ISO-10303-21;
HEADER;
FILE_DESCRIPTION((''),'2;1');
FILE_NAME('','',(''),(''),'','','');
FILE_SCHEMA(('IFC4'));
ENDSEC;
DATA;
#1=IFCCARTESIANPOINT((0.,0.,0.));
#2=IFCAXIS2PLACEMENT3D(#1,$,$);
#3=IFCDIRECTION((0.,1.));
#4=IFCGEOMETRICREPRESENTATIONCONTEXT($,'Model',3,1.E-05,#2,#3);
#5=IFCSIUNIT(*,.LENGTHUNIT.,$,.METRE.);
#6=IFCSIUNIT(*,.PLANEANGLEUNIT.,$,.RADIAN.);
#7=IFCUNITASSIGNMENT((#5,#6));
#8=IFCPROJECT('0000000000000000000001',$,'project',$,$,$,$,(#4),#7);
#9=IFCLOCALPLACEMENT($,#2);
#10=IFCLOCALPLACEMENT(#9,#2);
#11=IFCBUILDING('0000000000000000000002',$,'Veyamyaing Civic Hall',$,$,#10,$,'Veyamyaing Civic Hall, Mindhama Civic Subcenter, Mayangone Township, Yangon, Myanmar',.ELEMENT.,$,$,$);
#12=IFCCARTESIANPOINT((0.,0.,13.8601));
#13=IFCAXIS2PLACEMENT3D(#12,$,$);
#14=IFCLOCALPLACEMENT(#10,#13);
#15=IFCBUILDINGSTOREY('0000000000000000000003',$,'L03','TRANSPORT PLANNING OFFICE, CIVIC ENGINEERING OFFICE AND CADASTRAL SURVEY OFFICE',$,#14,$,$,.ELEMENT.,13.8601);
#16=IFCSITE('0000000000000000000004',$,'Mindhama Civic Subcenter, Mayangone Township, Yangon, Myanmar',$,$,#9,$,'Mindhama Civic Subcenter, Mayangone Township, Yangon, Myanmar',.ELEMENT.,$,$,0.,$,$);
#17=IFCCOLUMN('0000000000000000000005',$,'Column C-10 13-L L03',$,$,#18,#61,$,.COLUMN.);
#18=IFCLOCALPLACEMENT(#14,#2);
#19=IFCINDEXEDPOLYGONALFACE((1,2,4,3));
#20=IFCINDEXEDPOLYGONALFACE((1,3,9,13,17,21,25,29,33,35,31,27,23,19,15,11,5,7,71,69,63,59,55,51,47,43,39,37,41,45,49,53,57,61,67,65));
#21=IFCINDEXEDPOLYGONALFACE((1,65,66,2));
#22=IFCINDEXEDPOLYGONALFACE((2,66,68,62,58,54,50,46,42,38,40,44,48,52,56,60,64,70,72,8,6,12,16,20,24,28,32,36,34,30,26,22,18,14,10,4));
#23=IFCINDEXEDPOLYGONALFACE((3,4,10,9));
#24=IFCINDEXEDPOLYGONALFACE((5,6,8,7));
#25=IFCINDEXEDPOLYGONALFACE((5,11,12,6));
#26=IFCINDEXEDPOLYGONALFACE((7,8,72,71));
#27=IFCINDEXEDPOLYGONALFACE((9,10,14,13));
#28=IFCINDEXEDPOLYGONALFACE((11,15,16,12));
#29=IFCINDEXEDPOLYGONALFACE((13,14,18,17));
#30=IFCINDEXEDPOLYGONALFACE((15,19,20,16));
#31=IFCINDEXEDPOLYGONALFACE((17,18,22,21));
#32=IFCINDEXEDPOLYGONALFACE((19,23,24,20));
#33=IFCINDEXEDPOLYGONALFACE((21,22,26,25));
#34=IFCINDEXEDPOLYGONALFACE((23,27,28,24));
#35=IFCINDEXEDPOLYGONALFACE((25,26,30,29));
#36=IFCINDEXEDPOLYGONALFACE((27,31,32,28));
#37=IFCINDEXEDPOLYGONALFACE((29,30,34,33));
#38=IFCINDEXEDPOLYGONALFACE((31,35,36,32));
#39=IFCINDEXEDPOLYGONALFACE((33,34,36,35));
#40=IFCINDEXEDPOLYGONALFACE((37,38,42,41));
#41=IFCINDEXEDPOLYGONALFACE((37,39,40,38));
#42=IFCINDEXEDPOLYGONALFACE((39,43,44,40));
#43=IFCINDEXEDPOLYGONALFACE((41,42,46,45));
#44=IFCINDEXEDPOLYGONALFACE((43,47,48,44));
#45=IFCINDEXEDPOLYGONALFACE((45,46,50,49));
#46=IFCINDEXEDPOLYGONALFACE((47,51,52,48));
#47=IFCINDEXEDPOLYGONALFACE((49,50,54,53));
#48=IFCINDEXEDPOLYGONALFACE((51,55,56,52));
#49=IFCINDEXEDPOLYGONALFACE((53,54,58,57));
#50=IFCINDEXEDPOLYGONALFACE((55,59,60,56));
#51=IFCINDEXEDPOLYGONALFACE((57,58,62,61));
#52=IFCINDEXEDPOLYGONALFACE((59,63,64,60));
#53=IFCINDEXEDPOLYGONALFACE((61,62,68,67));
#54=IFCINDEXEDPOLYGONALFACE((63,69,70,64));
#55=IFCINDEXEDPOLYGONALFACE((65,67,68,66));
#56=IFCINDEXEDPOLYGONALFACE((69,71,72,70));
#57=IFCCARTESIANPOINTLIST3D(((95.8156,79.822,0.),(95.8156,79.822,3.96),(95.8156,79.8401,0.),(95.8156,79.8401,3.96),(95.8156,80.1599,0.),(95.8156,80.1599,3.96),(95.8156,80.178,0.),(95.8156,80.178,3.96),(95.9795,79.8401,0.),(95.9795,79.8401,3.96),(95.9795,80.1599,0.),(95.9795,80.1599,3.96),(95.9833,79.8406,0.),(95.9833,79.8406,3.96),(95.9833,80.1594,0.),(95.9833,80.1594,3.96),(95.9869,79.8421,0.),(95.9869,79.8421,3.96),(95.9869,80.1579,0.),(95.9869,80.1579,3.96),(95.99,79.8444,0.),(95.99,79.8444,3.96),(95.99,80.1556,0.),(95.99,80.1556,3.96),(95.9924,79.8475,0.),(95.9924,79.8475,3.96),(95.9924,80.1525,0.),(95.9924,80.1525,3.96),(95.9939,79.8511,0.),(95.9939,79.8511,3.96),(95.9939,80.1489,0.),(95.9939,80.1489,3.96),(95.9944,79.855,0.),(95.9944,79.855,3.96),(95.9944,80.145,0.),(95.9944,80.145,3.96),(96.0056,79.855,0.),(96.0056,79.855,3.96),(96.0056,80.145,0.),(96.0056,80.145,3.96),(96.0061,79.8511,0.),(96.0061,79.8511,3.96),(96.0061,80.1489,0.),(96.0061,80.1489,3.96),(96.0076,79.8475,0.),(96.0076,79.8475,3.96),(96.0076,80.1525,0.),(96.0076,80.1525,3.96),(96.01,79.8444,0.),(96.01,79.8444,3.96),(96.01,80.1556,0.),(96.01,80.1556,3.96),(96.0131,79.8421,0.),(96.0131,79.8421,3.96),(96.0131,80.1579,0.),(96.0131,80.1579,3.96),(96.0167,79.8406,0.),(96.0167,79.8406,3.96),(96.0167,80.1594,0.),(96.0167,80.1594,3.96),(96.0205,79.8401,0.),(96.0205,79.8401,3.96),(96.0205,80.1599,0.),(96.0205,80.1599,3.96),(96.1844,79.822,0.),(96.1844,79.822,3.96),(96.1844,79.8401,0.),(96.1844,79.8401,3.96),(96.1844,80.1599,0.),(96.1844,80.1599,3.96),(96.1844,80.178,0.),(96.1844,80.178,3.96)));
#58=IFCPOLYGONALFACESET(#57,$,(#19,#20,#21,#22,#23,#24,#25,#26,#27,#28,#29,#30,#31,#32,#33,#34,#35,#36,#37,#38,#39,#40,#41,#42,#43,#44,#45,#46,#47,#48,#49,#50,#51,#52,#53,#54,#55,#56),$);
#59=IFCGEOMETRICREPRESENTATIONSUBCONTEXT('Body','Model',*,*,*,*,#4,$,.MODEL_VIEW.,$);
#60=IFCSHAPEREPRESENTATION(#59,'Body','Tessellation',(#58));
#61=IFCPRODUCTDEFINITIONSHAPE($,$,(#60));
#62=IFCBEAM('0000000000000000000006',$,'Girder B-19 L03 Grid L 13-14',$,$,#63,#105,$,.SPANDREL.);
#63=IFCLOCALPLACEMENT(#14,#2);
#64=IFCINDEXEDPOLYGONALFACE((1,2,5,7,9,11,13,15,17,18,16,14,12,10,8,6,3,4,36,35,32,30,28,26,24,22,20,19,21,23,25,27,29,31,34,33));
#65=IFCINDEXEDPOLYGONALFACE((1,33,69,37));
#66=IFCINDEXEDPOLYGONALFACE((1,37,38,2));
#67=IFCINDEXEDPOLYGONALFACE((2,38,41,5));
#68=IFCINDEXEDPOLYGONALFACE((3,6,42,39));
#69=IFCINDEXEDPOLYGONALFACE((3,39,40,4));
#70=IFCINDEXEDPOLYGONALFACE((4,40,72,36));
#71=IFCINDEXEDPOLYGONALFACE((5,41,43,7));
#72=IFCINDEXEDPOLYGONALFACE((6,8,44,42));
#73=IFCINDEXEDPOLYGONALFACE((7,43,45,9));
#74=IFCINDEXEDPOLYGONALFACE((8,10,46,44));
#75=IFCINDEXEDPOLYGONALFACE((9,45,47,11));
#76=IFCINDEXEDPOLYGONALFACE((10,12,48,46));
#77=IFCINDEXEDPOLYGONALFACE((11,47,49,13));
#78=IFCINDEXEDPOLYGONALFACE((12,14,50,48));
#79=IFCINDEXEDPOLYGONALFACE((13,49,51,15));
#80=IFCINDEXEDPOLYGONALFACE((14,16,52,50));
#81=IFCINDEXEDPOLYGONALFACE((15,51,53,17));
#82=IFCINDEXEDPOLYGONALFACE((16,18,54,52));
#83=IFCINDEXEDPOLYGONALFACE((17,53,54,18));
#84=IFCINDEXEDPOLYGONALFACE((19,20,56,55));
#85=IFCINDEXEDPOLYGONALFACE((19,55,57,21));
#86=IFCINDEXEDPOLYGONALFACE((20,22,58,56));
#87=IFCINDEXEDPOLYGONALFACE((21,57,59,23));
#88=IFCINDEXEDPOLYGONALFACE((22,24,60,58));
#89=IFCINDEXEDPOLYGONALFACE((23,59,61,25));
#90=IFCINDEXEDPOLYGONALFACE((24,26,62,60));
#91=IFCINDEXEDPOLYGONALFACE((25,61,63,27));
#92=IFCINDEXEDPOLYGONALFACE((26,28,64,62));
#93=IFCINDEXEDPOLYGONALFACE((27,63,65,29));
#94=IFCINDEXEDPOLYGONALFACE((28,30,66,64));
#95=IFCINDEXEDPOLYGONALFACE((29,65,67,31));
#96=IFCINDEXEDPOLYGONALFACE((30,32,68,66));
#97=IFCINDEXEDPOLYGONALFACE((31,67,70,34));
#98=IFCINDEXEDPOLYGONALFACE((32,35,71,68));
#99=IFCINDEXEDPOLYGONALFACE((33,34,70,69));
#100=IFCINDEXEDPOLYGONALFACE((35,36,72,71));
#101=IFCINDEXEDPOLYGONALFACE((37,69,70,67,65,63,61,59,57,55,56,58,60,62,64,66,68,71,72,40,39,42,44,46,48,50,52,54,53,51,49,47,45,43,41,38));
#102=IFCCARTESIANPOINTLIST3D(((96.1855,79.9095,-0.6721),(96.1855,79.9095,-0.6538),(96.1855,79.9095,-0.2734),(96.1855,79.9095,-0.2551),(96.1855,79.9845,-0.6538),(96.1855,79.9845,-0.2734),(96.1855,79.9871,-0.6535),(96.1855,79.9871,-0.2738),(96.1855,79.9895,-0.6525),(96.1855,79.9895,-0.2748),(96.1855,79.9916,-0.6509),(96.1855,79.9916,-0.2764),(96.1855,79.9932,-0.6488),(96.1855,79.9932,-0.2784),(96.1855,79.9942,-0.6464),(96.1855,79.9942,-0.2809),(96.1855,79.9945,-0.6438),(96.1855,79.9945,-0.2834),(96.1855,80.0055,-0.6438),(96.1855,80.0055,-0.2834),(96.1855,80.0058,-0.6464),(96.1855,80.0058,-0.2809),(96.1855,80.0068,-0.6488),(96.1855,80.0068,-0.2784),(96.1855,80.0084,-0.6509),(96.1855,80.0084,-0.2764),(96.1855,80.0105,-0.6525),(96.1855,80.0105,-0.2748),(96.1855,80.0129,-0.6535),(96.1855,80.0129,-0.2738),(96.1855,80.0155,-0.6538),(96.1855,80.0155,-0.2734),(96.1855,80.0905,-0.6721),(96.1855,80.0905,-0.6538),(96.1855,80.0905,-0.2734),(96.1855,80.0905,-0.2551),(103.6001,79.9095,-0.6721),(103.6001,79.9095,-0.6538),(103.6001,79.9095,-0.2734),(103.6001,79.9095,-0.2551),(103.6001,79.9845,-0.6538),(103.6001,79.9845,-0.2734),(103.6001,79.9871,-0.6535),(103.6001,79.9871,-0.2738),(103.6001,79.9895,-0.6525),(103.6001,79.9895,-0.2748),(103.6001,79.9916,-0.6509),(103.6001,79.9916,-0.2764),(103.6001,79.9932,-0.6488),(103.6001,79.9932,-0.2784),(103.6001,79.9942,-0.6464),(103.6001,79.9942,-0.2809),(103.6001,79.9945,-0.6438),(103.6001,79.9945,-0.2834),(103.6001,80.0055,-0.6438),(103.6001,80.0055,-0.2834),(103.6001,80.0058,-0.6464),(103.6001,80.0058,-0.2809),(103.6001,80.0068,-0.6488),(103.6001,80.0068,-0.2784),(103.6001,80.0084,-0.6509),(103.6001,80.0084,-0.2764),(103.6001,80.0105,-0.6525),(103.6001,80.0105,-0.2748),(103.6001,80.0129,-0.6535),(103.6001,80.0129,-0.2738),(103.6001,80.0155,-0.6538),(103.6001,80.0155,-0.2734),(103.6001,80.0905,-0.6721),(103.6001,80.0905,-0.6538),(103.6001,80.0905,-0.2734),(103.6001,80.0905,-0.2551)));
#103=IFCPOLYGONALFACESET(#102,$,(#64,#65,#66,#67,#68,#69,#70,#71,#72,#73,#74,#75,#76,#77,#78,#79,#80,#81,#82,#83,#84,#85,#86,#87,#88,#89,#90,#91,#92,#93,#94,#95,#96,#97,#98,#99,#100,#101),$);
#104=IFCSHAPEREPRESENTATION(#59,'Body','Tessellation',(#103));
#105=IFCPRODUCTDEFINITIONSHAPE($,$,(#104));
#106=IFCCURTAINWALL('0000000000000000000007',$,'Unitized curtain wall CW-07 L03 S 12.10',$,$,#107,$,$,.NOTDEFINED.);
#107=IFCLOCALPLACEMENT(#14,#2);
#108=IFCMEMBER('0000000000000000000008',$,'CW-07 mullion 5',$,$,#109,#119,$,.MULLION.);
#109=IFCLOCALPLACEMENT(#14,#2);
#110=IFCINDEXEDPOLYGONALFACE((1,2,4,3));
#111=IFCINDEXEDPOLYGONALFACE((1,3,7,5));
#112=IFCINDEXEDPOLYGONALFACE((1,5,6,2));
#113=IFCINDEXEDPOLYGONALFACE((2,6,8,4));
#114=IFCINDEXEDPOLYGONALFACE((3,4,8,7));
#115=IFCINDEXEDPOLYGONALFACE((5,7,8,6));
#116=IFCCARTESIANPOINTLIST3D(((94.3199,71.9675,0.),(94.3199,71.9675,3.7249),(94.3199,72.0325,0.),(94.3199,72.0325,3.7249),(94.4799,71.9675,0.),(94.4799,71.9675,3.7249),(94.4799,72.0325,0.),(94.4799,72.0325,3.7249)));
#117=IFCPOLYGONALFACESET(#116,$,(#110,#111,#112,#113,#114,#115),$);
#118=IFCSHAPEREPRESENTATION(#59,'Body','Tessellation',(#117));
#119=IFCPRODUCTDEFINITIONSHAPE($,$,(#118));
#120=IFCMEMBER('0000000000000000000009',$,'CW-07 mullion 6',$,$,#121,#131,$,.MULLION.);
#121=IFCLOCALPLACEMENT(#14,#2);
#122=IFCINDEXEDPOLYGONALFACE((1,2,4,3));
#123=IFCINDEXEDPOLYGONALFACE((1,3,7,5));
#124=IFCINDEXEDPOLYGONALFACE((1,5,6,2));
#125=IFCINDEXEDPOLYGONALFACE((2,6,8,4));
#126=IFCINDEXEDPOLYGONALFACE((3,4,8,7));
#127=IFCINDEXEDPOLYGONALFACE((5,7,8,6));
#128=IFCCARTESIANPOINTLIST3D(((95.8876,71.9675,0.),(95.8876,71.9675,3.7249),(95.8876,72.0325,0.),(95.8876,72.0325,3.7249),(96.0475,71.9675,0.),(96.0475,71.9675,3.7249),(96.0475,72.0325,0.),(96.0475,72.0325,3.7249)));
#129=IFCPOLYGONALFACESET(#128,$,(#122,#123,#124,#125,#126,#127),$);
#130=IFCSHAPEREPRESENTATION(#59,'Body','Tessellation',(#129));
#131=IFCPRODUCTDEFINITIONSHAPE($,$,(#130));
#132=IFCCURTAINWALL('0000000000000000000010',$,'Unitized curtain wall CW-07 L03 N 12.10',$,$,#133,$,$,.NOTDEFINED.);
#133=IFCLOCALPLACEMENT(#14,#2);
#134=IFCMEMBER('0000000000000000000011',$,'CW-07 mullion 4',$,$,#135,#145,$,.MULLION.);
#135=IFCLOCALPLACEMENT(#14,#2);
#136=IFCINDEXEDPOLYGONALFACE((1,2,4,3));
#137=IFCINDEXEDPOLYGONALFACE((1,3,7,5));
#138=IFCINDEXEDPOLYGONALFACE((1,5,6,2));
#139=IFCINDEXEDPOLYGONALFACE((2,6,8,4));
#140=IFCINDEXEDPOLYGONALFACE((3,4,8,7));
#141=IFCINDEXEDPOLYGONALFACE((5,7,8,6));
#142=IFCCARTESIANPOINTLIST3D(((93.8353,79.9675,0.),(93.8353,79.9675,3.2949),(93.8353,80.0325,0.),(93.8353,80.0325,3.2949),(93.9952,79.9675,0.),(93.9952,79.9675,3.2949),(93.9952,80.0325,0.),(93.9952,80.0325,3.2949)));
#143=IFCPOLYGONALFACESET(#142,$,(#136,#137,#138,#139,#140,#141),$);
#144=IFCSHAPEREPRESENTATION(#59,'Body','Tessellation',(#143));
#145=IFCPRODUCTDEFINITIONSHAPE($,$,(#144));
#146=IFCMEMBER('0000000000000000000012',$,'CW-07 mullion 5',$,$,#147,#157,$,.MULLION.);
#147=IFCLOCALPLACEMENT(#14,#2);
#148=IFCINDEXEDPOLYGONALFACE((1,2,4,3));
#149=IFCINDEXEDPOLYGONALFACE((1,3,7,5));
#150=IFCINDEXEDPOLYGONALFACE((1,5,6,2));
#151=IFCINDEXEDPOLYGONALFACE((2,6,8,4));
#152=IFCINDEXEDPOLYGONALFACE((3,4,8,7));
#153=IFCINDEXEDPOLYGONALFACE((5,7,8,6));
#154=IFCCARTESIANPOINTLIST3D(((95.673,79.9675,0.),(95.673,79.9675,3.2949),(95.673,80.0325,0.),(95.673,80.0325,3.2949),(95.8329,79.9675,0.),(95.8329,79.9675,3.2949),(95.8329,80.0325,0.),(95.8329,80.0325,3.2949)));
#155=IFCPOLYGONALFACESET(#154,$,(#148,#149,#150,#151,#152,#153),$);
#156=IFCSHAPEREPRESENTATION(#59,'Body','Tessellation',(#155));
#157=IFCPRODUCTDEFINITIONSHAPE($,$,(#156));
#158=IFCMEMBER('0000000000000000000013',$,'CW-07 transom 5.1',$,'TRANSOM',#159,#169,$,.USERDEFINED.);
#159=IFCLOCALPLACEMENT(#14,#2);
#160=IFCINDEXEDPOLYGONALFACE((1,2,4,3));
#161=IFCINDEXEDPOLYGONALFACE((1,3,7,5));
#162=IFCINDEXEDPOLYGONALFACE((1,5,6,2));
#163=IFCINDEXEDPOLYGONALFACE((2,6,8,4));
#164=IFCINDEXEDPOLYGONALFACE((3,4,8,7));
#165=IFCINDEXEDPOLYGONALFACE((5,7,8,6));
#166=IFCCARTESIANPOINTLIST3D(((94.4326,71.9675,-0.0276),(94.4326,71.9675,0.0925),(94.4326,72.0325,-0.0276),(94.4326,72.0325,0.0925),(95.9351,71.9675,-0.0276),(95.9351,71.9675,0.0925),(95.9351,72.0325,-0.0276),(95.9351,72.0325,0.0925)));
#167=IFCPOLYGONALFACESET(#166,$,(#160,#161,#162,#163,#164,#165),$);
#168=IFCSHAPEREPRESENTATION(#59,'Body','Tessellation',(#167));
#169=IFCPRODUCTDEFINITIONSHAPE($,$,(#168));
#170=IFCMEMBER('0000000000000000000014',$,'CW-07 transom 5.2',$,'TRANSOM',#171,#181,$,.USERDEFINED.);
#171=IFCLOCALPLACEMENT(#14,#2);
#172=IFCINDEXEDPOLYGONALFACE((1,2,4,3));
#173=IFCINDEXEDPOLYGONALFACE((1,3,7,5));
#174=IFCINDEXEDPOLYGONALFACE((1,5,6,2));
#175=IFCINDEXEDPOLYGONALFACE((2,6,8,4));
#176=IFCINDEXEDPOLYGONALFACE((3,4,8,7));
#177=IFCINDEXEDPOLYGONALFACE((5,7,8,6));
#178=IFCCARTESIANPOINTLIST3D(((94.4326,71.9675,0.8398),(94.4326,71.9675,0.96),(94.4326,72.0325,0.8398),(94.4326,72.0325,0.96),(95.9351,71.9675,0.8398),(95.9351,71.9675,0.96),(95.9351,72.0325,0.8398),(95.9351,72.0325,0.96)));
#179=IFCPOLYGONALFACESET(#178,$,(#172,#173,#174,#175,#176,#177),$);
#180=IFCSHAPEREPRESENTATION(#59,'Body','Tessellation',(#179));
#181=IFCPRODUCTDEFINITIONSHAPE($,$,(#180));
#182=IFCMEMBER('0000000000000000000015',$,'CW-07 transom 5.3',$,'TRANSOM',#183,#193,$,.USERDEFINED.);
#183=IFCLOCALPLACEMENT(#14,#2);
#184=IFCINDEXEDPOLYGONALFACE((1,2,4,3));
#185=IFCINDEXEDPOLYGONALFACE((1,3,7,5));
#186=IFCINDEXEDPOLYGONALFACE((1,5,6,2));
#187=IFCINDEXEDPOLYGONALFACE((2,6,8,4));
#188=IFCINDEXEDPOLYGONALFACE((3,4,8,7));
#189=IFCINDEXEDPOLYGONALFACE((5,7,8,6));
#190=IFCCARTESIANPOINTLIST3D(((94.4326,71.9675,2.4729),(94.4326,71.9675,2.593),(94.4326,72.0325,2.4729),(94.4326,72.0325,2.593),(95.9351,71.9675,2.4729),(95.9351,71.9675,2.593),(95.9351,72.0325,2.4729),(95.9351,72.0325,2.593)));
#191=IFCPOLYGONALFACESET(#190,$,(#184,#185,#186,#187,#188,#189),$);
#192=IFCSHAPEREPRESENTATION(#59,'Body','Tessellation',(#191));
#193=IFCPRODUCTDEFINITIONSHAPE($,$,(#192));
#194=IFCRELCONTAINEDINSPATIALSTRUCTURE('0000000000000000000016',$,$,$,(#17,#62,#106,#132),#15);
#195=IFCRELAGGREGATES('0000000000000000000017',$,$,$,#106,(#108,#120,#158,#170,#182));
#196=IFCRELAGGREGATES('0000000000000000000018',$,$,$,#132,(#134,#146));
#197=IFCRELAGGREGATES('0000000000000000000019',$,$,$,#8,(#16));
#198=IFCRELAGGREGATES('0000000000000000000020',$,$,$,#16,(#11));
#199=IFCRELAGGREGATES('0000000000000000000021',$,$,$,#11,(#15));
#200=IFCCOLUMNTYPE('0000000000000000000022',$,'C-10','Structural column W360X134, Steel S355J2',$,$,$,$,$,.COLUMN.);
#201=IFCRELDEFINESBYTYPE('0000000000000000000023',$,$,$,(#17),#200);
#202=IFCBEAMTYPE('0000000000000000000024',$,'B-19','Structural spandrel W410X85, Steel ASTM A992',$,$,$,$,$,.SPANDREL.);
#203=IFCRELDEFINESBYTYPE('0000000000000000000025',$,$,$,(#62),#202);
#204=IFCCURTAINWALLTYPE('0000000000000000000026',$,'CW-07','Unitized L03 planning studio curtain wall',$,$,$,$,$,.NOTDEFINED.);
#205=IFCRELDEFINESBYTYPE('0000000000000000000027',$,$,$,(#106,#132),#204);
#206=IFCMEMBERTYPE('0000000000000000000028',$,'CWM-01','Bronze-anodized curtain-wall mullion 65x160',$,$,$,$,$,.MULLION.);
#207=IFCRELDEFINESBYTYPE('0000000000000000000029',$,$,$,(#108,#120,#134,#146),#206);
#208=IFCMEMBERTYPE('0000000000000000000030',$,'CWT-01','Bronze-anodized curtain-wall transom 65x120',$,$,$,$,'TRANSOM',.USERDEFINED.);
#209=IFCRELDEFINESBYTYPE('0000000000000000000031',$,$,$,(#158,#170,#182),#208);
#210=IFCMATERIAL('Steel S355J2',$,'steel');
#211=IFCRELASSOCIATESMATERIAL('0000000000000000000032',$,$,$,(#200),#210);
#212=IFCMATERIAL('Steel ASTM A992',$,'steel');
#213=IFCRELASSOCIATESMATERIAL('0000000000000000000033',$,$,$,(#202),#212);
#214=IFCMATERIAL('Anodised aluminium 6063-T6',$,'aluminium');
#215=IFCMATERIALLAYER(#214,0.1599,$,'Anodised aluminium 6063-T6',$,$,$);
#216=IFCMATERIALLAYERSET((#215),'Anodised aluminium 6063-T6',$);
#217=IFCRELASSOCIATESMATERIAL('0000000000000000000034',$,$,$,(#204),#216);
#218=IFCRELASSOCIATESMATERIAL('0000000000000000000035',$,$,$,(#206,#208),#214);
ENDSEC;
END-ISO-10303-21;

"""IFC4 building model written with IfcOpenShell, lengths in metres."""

from ifc_helpers import new_model, si_unit, direction, frame, origin, origin_2d, place, context, subcontext, project, spatial, rectangle, i_section, extrude, material, layer, layer_set, material_profile, profile_set, type_object, element, aggregate, save


model = new_model("IFC4")

# Units and contexts
model_context = context("Model", 3, precision=1e-05, world=origin(), true_north=direction((0.0, 1.0)))
body_context = subcontext(model_context, "Body", "Model", "MODEL_VIEW")
ifc_project = project(units=[si_unit("LENGTHUNIT", "METRE"), si_unit("PLANEANGLEUNIT", "RADIAN")], contexts=[model_context])

# Site, building, storey
site_placement = place(None, origin())
site = spatial("IfcSite", under=ifc_project, at=site_placement, Name="Mindhama Civic Subcenter, Mayangone Township, Yangon, Myanmar", LongName="Mindhama Civic Subcenter, Mayangone Township, Yangon, Myanmar", CompositionType="ELEMENT", RefElevation=0.0)
building_placement = place(site_placement, origin())
building = spatial("IfcBuilding", under=site, at=building_placement, Name="Veyamyaing Civic Hall", LongName="Veyamyaing Civic Hall, Mindhama Civic Subcenter, Mayangone Township, Yangon, Myanmar", CompositionType="ELEMENT")
storey_placement = place(building_placement, frame((0.0, 0.0, 13.8601)))
storey = spatial("IfcBuildingStorey", under=building, at=storey_placement, Name="L03", Description="TRANSPORT PLANNING OFFICE, CIVIC ENGINEERING OFFICE AND CADASTRAL SURVEY OFFICE", CompositionType="ELEMENT", Elevation=13.8601)

# Column
ifc_material_1 = material(Name="Steel S355J2", Category="steel")
ifc_material_profile_1 = material_profile(ifc_material_1, i_section(OverallWidth=0.3689, OverallDepth=0.356, WebThickness=0.0112, FlangeThickness=0.0181, FilletRadius=0.0149, at=origin_2d()), Name="W360X134")
ifc_profile_set_1 = profile_set([ifc_material_profile_1], Name="Steel S355J2")
column_type = type_object("IfcColumnType", Name="C-10", Description="Structural column W360X134, Steel S355J2", PredefinedType="COLUMN", material=ifc_profile_set_1)
column_placement = place(storey_placement, frame((96.0, 80.0, 0.0), z_axis=(0.0, 0.0, 1.0), x_axis=(1.0, 0.0, 0.0)))
element("IfcColumn", 1, at=column_placement, inside=storey, type_object=column_type, Name="Column C-10 13-L L03", PredefinedType="COLUMN", context=body_context, shape_type="SweptSolid", body=[
    extrude(i_section(OverallWidth=0.3689, OverallDepth=0.356, WebThickness=0.0112, FlangeThickness=0.0181, FilletRadius=0.0149, at=origin_2d()), origin(), (0.0, 0.0, 1.0), 3.96),
])

# Beam
ifc_material_2 = material(Name="Steel ASTM A992", Category="steel")
ifc_material_profile_2 = material_profile(ifc_material_2, i_section(OverallWidth=0.1809, OverallDepth=0.417, WebThickness=0.011, FlangeThickness=0.0183, FilletRadius=0.01, at=origin_2d()), Name="W410X85")
ifc_profile_set_2 = profile_set([ifc_material_profile_2], Name="Steel ASTM A992")
beam_type = type_object("IfcBeamType", Name="B-19", Description="Structural spandrel W410X85, Steel ASTM A992", PredefinedType="SPANDREL", material=ifc_profile_set_2)
beam_placement = place(storey_placement, frame((96.1855, 80.0, -0.4636), z_axis=(1.0, 0.0, 0.0), x_axis=(0.0, 1.0, 0.0)))
element("IfcBeam", 2, at=beam_placement, inside=storey, type_object=beam_type, Name="Girder B-19 L03 Grid L 13-14", PredefinedType="SPANDREL", context=body_context, shape_type="SweptSolid", body=[
    extrude(i_section(OverallWidth=0.1809, OverallDepth=0.417, WebThickness=0.011, FlangeThickness=0.0183, FilletRadius=0.01, at=origin_2d()), origin(), (0.0, 0.0, 1.0), 7.4146),
])

# Curtain walls, members
ifc_material_3 = material(Name="Anodised aluminium 6063-T6", Category="aluminium")
ifc_layer_1 = layer(ifc_material_3, 0.1599, Name="Anodised aluminium 6063-T6")
ifc_layer_set_1 = layer_set([ifc_layer_1], Name="Anodised aluminium 6063-T6")
curtain_wall_type = type_object("IfcCurtainWallType", Name="CW-07", Description="Unitized L03 planning studio curtain wall", PredefinedType="NOTDEFINED", material=ifc_layer_set_1)
curtain_wall_1_placement = place(storey_placement, origin())
curtain_wall_1 = element("IfcCurtainWall", 3, at=curtain_wall_1_placement, inside=storey, type_object=curtain_wall_type, Name="Unitized curtain wall CW-07 L03 S 12.10", PredefinedType="NOTDEFINED")
ifc_material_profile_3 = material_profile(ifc_material_3, rectangle(XDim=0.0649, YDim=0.1599, at=origin_2d()), Name="ALU-MUL-65X160")
ifc_profile_set_3 = profile_set([ifc_material_profile_3], Name="Anodised aluminium 6063-T6")
member_type_1 = type_object("IfcMemberType", Name="CWM-01", Description="Bronze-anodized curtain-wall mullion 65x160", PredefinedType="MULLION", material=ifc_profile_set_3)
member_1_placement = place(storey_placement, frame((94.3999, 72.0, 0.0), z_axis=(0.0, 0.0, 1.0), x_axis=(0.0, 1.0, 0.0)))
member_1 = element("IfcMember", 4, at=member_1_placement, type_object=member_type_1, Name="CW-07 mullion 5", PredefinedType="MULLION", context=body_context, shape_type="SweptSolid", body=[
    extrude(rectangle(XDim=0.0649, YDim=0.1599, at=origin_2d()), origin(), (0.0, 0.0, 1.0), 3.7249),
])
member_2_placement = place(storey_placement, frame((95.9675, 72.0, 0.0), z_axis=(0.0, 0.0, 1.0), x_axis=(0.0, 1.0, 0.0)))
member_2 = element("IfcMember", 5, at=member_2_placement, type_object=member_type_1, Name="CW-07 mullion 6", PredefinedType="MULLION", context=body_context, shape_type="SweptSolid", body=[
    extrude(rectangle(XDim=0.0649, YDim=0.1599, at=origin_2d()), origin(), (0.0, 0.0, 1.0), 3.7249),
])
curtain_wall_2_placement = place(storey_placement, origin())
curtain_wall_2 = element("IfcCurtainWall", 6, at=curtain_wall_2_placement, inside=storey, type_object=curtain_wall_type, Name="Unitized curtain wall CW-07 L03 N 12.10", PredefinedType="NOTDEFINED")
member_3_placement = place(storey_placement, frame((93.9153, 80.0, 0.0), z_axis=(0.0, 0.0, 1.0), x_axis=(0.0, 1.0, 0.0)))
member_3 = element("IfcMember", 7, at=member_3_placement, type_object=member_type_1, Name="CW-07 mullion 4", PredefinedType="MULLION", context=body_context, shape_type="SweptSolid", body=[
    extrude(rectangle(XDim=0.0649, YDim=0.1599, at=origin_2d()), origin(), (0.0, 0.0, 1.0), 3.2949),
])
member_4_placement = place(storey_placement, frame((95.7529, 80.0, 0.0), z_axis=(0.0, 0.0, 1.0), x_axis=(0.0, 1.0, 0.0)))
member_4 = element("IfcMember", 8, at=member_4_placement, type_object=member_type_1, Name="CW-07 mullion 5", PredefinedType="MULLION", context=body_context, shape_type="SweptSolid", body=[
    extrude(rectangle(XDim=0.0649, YDim=0.1599, at=origin_2d()), origin(), (0.0, 0.0, 1.0), 3.2949),
])

# Members
ifc_material_profile_4 = material_profile(ifc_material_3, rectangle(XDim=0.0649, YDim=0.1201, at=origin_2d()), Name="ALU-TRN-65X120")
ifc_profile_set_4 = profile_set([ifc_material_profile_4], Name="Anodised aluminium 6063-T6")
member_type_2 = type_object("IfcMemberType", Name="CWT-01", Description="Bronze-anodized curtain-wall transom 65x120", ElementType="TRANSOM", PredefinedType="USERDEFINED", material=ifc_profile_set_4)
member_5_placement = place(storey_placement, frame((94.4326, 72.0, 0.0325), z_axis=(1.0, 0.0, 0.0), x_axis=(0.0, 1.0, 0.0)))
member_5 = element("IfcMember", 9, at=member_5_placement, type_object=member_type_2, Name="CW-07 transom 5.1", ObjectType="TRANSOM", PredefinedType="USERDEFINED", context=body_context, shape_type="SweptSolid", body=[
    extrude(rectangle(XDim=0.0649, YDim=0.1201, at=origin_2d()), origin(), (0.0, 0.0, 1.0), 1.5024),
])
member_6_placement = place(storey_placement, frame((94.4326, 72.0, 0.8999), z_axis=(1.0, 0.0, 0.0), x_axis=(0.0, 1.0, 0.0)))
member_6 = element("IfcMember", 10, at=member_6_placement, type_object=member_type_2, Name="CW-07 transom 5.2", ObjectType="TRANSOM", PredefinedType="USERDEFINED", context=body_context, shape_type="SweptSolid", body=[
    extrude(rectangle(XDim=0.0649, YDim=0.1201, at=origin_2d()), origin(), (0.0, 0.0, 1.0), 1.5024),
])
member_7_placement = place(storey_placement, frame((94.4326, 72.0, 2.533), z_axis=(1.0, 0.0, 0.0), x_axis=(0.0, 1.0, 0.0)))
member_7 = element("IfcMember", 11, at=member_7_placement, type_object=member_type_2, Name="CW-07 transom 5.3", ObjectType="TRANSOM", PredefinedType="USERDEFINED", context=body_context, shape_type="SweptSolid", body=[
    extrude(rectangle(XDim=0.0649, YDim=0.1201, at=origin_2d()), origin(), (0.0, 0.0, 1.0), 1.5024),
])

aggregate(curtain_wall_1, [member_1, member_2, member_5, member_6, member_7])
aggregate(curtain_wall_2, [member_3, member_4])

save(model, "model.ifc")
